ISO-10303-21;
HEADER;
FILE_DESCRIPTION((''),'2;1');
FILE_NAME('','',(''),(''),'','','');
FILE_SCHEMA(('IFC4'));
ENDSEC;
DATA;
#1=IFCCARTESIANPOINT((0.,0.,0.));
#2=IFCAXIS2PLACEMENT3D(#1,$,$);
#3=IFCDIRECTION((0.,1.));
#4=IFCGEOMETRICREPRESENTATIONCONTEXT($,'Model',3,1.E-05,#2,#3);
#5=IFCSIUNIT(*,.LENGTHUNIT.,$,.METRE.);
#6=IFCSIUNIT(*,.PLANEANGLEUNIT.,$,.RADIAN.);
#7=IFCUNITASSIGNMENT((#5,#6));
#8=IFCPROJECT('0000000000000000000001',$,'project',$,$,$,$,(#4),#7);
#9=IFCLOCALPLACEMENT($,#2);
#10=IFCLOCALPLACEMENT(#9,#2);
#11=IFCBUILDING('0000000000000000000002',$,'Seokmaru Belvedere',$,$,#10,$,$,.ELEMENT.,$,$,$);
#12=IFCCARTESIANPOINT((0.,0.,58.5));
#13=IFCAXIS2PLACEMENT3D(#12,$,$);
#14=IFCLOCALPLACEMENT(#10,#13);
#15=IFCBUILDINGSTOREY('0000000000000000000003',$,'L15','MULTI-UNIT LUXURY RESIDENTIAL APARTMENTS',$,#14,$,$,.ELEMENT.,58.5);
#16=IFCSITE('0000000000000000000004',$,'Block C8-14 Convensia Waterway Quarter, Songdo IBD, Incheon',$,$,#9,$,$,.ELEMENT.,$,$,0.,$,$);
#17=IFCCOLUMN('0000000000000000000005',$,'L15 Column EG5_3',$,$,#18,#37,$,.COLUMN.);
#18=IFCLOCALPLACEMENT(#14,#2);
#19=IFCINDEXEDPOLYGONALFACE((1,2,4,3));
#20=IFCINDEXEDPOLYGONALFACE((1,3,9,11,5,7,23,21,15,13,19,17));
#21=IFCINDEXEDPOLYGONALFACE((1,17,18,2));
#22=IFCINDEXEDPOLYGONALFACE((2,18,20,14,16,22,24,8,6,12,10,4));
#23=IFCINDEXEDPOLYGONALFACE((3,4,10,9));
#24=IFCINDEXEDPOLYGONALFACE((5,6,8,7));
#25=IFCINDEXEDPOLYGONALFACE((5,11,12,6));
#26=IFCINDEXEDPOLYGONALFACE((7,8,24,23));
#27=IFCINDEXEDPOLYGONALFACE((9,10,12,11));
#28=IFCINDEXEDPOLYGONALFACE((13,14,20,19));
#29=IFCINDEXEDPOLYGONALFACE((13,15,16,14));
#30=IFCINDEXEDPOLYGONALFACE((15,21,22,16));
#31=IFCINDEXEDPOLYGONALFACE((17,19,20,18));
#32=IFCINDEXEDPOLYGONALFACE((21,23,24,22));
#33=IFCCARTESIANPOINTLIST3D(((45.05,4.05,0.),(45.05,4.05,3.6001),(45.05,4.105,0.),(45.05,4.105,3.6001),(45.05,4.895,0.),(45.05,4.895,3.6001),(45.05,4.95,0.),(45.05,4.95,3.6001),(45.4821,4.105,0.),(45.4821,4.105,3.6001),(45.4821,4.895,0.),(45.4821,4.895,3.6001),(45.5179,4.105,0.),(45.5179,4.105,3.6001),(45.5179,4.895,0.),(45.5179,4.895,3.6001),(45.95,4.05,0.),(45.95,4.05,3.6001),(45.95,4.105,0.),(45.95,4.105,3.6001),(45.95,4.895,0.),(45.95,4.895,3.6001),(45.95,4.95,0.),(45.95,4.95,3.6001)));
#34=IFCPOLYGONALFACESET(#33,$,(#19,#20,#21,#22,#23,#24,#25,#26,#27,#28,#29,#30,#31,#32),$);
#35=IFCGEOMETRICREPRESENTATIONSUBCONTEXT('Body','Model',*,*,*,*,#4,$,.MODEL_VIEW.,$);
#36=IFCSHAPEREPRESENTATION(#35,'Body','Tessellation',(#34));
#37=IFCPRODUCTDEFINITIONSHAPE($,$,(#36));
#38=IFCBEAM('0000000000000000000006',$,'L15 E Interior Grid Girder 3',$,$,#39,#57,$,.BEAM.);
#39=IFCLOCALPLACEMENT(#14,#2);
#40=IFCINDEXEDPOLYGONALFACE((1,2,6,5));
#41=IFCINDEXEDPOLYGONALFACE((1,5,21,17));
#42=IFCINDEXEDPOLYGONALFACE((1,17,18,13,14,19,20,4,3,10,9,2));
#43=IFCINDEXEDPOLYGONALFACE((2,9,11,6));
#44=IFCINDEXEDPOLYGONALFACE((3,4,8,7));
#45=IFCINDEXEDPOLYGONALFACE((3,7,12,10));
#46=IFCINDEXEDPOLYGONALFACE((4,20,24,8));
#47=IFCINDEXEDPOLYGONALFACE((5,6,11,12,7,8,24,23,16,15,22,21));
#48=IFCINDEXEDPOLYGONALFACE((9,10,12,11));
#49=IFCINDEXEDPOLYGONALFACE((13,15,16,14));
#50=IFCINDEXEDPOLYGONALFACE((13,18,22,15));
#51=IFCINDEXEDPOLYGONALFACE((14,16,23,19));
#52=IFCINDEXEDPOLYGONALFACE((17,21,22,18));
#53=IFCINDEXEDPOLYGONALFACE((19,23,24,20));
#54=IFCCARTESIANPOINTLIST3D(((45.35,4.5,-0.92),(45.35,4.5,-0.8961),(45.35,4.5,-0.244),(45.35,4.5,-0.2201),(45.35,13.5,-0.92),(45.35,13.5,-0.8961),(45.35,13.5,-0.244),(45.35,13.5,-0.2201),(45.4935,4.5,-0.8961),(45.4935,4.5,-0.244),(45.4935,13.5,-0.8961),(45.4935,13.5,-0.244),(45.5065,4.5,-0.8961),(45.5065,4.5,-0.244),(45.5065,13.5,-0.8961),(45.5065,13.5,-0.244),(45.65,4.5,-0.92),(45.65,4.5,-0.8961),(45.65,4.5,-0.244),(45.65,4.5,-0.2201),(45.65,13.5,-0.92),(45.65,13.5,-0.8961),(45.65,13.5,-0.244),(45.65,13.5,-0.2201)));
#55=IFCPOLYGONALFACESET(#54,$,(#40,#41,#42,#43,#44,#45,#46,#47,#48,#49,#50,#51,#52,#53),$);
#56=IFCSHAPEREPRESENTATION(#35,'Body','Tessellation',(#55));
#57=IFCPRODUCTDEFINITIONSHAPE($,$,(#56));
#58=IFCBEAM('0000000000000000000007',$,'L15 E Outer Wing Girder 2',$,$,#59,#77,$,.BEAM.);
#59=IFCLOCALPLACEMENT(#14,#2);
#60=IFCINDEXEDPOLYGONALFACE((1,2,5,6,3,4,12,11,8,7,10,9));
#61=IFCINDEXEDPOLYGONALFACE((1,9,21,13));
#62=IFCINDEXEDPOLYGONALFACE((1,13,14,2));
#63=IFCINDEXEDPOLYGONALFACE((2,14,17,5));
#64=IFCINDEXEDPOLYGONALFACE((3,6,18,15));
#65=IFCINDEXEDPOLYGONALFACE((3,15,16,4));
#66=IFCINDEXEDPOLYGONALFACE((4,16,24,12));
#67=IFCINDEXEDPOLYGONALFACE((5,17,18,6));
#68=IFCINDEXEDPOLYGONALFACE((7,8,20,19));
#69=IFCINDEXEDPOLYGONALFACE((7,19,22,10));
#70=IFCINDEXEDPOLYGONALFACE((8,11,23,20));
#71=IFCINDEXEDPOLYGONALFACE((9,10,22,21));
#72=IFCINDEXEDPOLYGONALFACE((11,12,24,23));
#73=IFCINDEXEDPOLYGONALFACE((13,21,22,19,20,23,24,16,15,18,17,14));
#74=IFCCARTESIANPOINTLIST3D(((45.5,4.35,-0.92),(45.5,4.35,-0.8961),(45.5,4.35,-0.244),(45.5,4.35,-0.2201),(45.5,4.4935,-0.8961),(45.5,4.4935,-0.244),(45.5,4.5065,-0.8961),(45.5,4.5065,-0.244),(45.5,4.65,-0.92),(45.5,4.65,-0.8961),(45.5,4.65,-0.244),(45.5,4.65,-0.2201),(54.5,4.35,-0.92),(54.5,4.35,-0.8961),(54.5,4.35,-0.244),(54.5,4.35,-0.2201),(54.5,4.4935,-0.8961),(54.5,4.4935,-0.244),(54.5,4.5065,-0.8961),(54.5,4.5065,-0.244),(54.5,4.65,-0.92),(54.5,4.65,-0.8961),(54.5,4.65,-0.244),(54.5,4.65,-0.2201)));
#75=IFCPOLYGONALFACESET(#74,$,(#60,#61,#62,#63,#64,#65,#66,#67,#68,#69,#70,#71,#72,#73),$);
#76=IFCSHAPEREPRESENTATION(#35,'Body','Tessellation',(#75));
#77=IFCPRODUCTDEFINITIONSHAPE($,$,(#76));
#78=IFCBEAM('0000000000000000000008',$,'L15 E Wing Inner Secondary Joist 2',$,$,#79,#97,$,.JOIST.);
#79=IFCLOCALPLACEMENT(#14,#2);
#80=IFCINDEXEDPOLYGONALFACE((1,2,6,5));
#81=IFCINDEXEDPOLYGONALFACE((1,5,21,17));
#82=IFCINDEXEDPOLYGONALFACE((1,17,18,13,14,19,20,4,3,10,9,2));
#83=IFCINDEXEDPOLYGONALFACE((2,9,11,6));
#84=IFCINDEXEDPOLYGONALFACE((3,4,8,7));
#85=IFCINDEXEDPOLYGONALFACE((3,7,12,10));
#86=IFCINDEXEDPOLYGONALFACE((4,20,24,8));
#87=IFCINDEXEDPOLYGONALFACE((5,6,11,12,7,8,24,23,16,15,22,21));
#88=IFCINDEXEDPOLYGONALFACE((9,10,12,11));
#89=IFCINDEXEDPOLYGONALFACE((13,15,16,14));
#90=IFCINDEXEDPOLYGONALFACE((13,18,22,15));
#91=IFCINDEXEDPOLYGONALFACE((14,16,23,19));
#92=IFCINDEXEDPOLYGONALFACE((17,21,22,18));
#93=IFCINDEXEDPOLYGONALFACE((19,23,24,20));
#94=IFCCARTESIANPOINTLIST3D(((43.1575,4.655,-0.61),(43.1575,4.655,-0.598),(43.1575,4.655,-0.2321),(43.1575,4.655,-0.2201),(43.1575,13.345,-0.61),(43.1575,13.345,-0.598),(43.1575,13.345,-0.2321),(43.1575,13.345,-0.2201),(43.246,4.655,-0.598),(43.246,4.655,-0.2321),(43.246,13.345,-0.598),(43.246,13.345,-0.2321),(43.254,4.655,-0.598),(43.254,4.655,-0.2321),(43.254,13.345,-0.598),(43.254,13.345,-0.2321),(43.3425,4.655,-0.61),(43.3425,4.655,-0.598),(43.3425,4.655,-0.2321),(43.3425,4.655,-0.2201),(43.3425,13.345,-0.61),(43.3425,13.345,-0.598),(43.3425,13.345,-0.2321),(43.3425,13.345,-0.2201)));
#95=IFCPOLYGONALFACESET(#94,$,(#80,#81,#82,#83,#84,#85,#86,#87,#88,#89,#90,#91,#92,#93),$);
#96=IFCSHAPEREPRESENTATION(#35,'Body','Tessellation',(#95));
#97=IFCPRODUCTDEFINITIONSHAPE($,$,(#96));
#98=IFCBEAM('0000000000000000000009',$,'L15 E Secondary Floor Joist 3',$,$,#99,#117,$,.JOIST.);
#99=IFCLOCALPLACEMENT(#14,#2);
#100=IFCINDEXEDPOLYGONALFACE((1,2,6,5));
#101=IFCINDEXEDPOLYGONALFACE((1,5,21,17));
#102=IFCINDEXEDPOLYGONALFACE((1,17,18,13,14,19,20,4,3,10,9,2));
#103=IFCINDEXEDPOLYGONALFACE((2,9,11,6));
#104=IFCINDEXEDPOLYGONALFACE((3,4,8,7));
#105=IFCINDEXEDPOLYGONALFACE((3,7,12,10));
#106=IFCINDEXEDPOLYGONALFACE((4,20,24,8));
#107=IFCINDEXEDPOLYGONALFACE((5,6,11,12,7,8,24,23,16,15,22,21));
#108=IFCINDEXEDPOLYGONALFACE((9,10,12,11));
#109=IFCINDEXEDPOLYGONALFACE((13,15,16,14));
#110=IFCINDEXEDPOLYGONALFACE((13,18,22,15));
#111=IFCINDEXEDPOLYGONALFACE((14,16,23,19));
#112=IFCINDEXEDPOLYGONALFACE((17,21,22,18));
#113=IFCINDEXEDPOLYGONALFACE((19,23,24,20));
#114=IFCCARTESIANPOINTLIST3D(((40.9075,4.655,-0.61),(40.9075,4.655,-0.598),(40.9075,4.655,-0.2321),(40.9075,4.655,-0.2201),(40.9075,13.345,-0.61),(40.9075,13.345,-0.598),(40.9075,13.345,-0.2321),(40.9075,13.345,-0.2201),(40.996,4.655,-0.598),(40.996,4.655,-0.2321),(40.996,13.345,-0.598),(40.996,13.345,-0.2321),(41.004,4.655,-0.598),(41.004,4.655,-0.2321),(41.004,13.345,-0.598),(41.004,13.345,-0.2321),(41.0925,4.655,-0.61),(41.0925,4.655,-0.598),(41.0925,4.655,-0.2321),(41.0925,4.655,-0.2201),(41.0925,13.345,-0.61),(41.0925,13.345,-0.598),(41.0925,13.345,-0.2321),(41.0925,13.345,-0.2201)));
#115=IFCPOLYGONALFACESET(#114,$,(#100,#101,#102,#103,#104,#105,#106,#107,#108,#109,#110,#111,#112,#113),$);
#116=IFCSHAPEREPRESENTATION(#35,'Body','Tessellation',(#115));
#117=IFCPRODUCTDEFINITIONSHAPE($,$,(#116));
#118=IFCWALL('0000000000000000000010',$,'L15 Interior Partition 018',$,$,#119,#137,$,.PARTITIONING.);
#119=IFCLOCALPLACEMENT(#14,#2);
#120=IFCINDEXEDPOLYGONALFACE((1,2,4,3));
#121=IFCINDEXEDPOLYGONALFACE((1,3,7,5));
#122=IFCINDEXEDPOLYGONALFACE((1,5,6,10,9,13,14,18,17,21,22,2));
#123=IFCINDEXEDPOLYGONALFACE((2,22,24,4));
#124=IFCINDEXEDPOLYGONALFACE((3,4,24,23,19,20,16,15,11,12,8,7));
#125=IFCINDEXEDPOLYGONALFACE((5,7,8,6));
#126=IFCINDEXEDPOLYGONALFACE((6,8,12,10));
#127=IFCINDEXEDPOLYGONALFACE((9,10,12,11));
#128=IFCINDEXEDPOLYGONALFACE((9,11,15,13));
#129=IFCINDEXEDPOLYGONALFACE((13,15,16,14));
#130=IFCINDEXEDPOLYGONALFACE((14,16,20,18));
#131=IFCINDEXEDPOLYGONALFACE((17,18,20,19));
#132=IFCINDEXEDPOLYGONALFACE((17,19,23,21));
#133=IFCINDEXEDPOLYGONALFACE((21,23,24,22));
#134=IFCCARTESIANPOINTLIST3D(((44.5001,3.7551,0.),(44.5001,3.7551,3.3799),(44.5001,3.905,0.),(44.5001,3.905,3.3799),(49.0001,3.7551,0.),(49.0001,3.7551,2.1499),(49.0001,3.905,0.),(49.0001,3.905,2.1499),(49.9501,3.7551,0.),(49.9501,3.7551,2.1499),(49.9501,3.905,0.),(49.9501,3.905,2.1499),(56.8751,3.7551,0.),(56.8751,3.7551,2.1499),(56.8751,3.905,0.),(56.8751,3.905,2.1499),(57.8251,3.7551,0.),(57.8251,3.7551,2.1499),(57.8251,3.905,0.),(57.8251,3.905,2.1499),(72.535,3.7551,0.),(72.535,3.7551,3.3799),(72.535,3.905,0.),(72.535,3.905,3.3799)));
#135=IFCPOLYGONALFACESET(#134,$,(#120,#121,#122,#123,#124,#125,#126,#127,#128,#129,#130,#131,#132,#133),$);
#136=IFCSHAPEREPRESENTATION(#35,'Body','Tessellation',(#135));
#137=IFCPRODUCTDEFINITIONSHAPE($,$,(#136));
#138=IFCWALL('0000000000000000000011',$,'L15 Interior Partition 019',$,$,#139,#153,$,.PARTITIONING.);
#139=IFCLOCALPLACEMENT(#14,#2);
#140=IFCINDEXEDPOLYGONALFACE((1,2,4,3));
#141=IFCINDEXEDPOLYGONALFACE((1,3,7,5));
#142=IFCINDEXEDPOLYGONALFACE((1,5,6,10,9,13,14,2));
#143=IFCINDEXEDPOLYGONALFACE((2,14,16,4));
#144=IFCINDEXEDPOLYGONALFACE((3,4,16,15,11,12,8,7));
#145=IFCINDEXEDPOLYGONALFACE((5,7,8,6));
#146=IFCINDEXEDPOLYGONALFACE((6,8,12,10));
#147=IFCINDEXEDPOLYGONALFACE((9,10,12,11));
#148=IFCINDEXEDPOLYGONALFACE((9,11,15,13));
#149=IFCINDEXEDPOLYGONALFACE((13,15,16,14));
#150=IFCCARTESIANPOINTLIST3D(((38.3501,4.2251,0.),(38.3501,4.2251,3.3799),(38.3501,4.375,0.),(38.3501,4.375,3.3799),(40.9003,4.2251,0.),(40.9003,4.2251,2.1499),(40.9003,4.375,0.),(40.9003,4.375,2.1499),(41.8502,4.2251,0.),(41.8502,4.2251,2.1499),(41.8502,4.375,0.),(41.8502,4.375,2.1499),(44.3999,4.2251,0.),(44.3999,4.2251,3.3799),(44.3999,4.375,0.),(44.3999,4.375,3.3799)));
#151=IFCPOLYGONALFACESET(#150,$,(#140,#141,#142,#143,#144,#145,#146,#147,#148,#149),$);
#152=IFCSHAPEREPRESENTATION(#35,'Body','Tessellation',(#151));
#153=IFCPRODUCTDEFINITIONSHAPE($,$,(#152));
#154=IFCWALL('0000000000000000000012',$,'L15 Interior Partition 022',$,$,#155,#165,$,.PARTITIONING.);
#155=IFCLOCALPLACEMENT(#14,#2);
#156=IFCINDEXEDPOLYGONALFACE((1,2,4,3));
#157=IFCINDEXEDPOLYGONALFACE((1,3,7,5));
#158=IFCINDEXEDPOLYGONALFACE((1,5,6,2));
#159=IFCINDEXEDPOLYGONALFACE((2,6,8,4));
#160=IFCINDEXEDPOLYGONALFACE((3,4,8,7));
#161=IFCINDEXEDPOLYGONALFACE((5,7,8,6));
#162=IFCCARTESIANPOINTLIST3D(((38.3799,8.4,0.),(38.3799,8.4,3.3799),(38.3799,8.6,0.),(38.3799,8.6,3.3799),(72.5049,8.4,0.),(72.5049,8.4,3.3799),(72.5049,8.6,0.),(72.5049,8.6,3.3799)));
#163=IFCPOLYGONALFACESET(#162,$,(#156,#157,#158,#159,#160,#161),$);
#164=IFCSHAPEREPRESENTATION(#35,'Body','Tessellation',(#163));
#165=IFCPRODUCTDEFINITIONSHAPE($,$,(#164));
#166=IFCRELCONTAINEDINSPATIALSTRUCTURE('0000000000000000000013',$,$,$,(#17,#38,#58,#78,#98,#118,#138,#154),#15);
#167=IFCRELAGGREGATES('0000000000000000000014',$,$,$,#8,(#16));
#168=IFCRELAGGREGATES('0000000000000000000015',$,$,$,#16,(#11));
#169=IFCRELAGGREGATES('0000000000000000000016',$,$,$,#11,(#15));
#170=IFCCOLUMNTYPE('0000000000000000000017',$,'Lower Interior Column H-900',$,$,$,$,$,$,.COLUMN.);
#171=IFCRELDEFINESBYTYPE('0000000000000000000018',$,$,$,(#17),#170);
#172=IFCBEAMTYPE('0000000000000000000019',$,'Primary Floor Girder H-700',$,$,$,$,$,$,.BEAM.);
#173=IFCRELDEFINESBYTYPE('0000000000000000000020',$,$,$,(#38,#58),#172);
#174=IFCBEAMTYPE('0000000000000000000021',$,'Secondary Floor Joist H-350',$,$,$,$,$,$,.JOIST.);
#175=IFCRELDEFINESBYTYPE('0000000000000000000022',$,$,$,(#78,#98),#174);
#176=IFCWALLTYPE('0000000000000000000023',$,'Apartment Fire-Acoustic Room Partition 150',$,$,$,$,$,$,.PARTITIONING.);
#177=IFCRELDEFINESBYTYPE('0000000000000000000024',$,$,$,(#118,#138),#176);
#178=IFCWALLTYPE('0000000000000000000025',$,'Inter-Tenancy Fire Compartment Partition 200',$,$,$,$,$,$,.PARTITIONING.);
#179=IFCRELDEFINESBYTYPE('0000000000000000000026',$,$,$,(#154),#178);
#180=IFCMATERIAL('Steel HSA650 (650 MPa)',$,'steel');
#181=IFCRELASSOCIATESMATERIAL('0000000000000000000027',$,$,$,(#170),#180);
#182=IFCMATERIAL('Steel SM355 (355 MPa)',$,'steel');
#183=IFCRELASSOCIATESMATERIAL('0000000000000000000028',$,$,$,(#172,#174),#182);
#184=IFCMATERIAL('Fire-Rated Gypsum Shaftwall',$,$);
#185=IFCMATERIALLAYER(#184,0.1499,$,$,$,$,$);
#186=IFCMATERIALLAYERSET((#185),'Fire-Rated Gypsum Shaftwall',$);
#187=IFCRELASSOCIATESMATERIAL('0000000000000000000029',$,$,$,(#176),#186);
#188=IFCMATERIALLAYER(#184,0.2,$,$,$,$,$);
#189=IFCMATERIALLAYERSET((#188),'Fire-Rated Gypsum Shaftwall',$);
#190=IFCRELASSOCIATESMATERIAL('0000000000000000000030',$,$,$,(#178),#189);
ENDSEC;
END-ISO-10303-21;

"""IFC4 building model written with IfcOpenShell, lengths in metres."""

from ifc_helpers import new_model, si_unit, direction, frame, frame_2d, origin, origin_2d, place, context, subcontext, project, spatial, rectangle, i_section, extrude, source, transform, mapped, material, layer, layer_set, material_profile, profile_set, type_object, type_shapes, element, save


model = new_model("IFC4")

# Units and contexts
model_context = context("Model", 3, precision=1e-05, world=origin(), true_north=direction((0.0, 1.0)))
body_context = subcontext(model_context, "Body", "Model", "MODEL_VIEW")
ifc_project = project(units=[si_unit("LENGTHUNIT", "METRE"), si_unit("PLANEANGLEUNIT", "RADIAN")], contexts=[model_context])

# Site, building, storey
site_placement = place(None, origin())
site = spatial("IfcSite", under=ifc_project, at=site_placement, Name="Block C8-14 Convensia Waterway Quarter, Songdo IBD, Incheon", CompositionType="ELEMENT", RefElevation=0.0)
building_placement = place(site_placement, origin())
building = spatial("IfcBuilding", under=site, at=building_placement, Name="Seokmaru Belvedere", CompositionType="ELEMENT")
storey_placement = place(building_placement, frame((0.0, 0.0, 58.5)))
storey = spatial("IfcBuildingStorey", under=building, at=storey_placement, Name="L15", Description="MULTI-UNIT LUXURY RESIDENTIAL APARTMENTS", CompositionType="ELEMENT", Elevation=58.5)

# Column
ifc_material_1 = material(Name="Steel HSA650 (650 MPa)", Category="steel")
ifc_material_profile_1 = material_profile(ifc_material_1, i_section(OverallWidth=0.8999, OverallDepth=0.8999, WebThickness=0.0359, FlangeThickness=0.0549, at=origin_2d()), Name="H-900x900x36x55")
ifc_profile_set_1 = profile_set([ifc_material_profile_1], Name="Steel HSA650 (650 MPa)")
column_type = type_object("IfcColumnType", Name="Lower Interior Column H-900", PredefinedType="COLUMN", material=ifc_profile_set_1)
shared_shape_1 = source(origin(), body_context, "Body", "SweptSolid", [
    extrude(i_section(OverallWidth=0.8999, OverallDepth=0.8999, WebThickness=0.0359, FlangeThickness=0.0549, at=origin_2d()), origin(), (0.0, 0.0, 1.0), 3.6001),
])
type_shapes(column_type, [shared_shape_1])
column_placement = place(storey_placement, frame((45.5, 4.5, 0.0), z_axis=(0.0, 0.0, 1.0), x_axis=(1.0, 0.0, 0.0)))
element("IfcColumn", 1, at=column_placement, inside=storey, type_object=column_type, Name="L15 Column EG5_3", PredefinedType="COLUMN", context=body_context, shape_type="MappedRepresentation", body=[
    mapped(shared_shape_1, transform((0.0, 0.0, 0.0), scale=1.0)),
])

# Beams
ifc_material_2 = material(Name="Steel SM355 (355 MPa)", Category="steel")
ifc_material_profile_2 = material_profile(ifc_material_2, i_section(OverallWidth=0.3, OverallDepth=0.7, WebThickness=0.0129, FlangeThickness=0.0239, at=origin_2d()), Name="H-700x300x13x24")
ifc_profile_set_2 = profile_set([ifc_material_profile_2], Name="Steel SM355 (355 MPa)")
beam_type_1 = type_object("IfcBeamType", Name="Primary Floor Girder H-700", PredefinedType="BEAM", material=ifc_profile_set_2)
shared_shape_2 = source(origin(), body_context, "Body", "SweptSolid", [
    extrude(i_section(OverallWidth=0.3, OverallDepth=0.7, WebThickness=0.0129, FlangeThickness=0.0239, at=origin_2d()), origin(), (0.0, 0.0, 1.0), 9.0),
])
type_shapes(beam_type_1, [shared_shape_2])
for number, where, z_axis, x_axis, name in (
    (2, (45.5, 4.5, -0.5701), (0.0, 1.0, 0.0), (-1.0, 0.0, 0.0), "L15 E Interior Grid Girder 3"),
    (3, (45.5, 4.5, -0.5701), (1.0, 0.0, 0.0), (0.0, 1.0, 0.0), "L15 E Outer Wing Girder 2"),
):
    element("IfcBeam", number, at=place(storey_placement, frame(where, z_axis=z_axis, x_axis=x_axis)), inside=storey, type_object=beam_type_1, Name=name, PredefinedType="BEAM", context=body_context, shape_type="MappedRepresentation", body=[
        mapped(shared_shape_2, transform((0.0, 0.0, 0.0), scale=1.0)),
    ])
ifc_material_profile_3 = material_profile(ifc_material_2, i_section(OverallWidth=0.1851, OverallDepth=0.3899, WebThickness=0.0081, FlangeThickness=0.012, at=origin_2d()), Name="H-390x185x8x12")
ifc_profile_set_3 = profile_set([ifc_material_profile_3], Name="Steel SM355 (355 MPa)")
beam_type_2 = type_object("IfcBeamType", Name="Secondary Floor Joist H-350", PredefinedType="JOIST", material=ifc_profile_set_3)
shared_shape_3 = source(origin(), body_context, "Body", "SweptSolid", [
    extrude(i_section(OverallWidth=0.1851, OverallDepth=0.3899, WebThickness=0.0081, FlangeThickness=0.012, at=origin_2d()), origin(), (0.0, 0.0, 1.0), 8.6899),
])
type_shapes(beam_type_2, [shared_shape_3])
for number, where, z_axis, x_axis, name in (
    (4, (43.25, 4.655, -0.415), (0.0, 1.0, 0.0), (-1.0, 0.0, 0.0), "L15 E Wing Inner Secondary Joist 2"),
    (5, (41.0, 4.655, -0.415), (0.0, 1.0, 0.0), (-1.0, 0.0, 0.0), "L15 E Secondary Floor Joist 3"),
):
    element("IfcBeam", number, at=place(storey_placement, frame(where, z_axis=z_axis, x_axis=x_axis)), inside=storey, type_object=beam_type_2, Name=name, PredefinedType="JOIST", context=body_context, shape_type="MappedRepresentation", body=[
        mapped(shared_shape_3, transform((0.0, 0.0, 0.0), scale=1.0)),
    ])

# Wall, openings
ifc_material_3 = material(Name="Fire-Rated Gypsum Shaftwall")
ifc_layer_1 = layer(ifc_material_3, 0.1499)
ifc_layer_set_1 = layer_set([ifc_layer_1], Name="Fire-Rated Gypsum Shaftwall")
wall_type_1 = type_object("IfcWallType", Name="Apartment Fire-Acoustic Room Partition 150", PredefinedType="PARTITIONING", material=ifc_layer_set_1)
wall_1_placement = place(storey_placement, frame((44.5, 3.8301, 0.0), z_axis=(0.0, 0.0, 1.0), x_axis=(1.0, 0.0, 0.0)))
wall_1 = element("IfcWall", 6, at=wall_1_placement, inside=storey, type_object=wall_type_1, Name="L15 Interior Partition 018", PredefinedType="PARTITIONING", context=body_context, shape_type="SweptSolid", body=[
    extrude(rectangle(XDim=28.0349, YDim=0.1499, at=frame_2d((14.0176, 0.0))), origin(), (0.0, 0.0, 1.0), 3.3799),
])
opening_1_placement = place(wall_1_placement, frame((4.5, 0.0, 0.0)))
element("IfcOpeningElement", 7, at=opening_1_placement, cuts=wall_1, PredefinedType="OPENING", context=body_context, shape_type="SweptSolid", body=[
    extrude(rectangle(XDim=0.95, YDim=2.1499, at=frame_2d((0.4751, 1.075))), frame((0.0, 0.085, 0.0), z_axis=(0.0, -1.0, 0.0), x_axis=(1.0, 0.0, 0.0)), (0.0, 0.0, 1.0), 0.1699),
])
opening_2_placement = place(wall_1_placement, frame((12.375, 0.0, 0.0)))
element("IfcOpeningElement", 8, at=opening_2_placement, cuts=wall_1, PredefinedType="OPENING", context=body_context, shape_type="SweptSolid", body=[
    extrude(rectangle(XDim=0.95, YDim=2.1499, at=frame_2d((0.4751, 1.075))), frame((0.0, 0.085, 0.0), z_axis=(0.0, -1.0, 0.0), x_axis=(1.0, 0.0, 0.0)), (0.0, 0.0, 1.0), 0.1699),
])

# Wall, opening
wall_2_placement = place(storey_placement, frame((38.3501, 4.3, 0.0), z_axis=(0.0, 0.0, 1.0), x_axis=(1.0, 0.0, 0.0)))
wall_2 = element("IfcWall", 9, at=wall_2_placement, inside=storey, type_object=wall_type_1, Name="L15 Interior Partition 019", PredefinedType="PARTITIONING", context=body_context, shape_type="SweptSolid", body=[
    extrude(rectangle(XDim=6.0498, YDim=0.1499, at=frame_2d((3.0249, 0.0))), origin(), (0.0, 0.0, 1.0), 3.3799),
])
opening_3_placement = place(wall_2_placement, frame((2.55, 0.0, 0.0)))
element("IfcOpeningElement", 10, at=opening_3_placement, cuts=wall_2, PredefinedType="OPENING", context=body_context, shape_type="SweptSolid", body=[
    extrude(rectangle(XDim=0.95, YDim=2.1499, at=frame_2d((0.4751, 1.075))), frame((0.0, 0.085, 0.0), z_axis=(0.0, -1.0, 0.0), x_axis=(1.0, 0.0, 0.0)), (0.0, 0.0, 1.0), 0.1699),
])

# Wall
ifc_layer_2 = layer(ifc_material_3, 0.2)
ifc_layer_set_2 = layer_set([ifc_layer_2], Name="Fire-Rated Gypsum Shaftwall")
wall_type_2 = type_object("IfcWallType", Name="Inter-Tenancy Fire Compartment Partition 200", PredefinedType="PARTITIONING", material=ifc_layer_set_2)
wall_3_placement = place(storey_placement, frame((38.3799, 8.5, 0.0), z_axis=(0.0, 0.0, 1.0), x_axis=(1.0, 0.0, 0.0)))
element("IfcWall", 11, at=wall_3_placement, inside=storey, type_object=wall_type_2, Name="L15 Interior Partition 022", PredefinedType="PARTITIONING", context=body_context, shape_type="SweptSolid", body=[
    extrude(rectangle(XDim=34.125, YDim=0.2, at=frame_2d((17.0625, 0.0))), origin(), (0.0, 0.0, 1.0), 3.3799),
])

save(model, "model.ifc")
